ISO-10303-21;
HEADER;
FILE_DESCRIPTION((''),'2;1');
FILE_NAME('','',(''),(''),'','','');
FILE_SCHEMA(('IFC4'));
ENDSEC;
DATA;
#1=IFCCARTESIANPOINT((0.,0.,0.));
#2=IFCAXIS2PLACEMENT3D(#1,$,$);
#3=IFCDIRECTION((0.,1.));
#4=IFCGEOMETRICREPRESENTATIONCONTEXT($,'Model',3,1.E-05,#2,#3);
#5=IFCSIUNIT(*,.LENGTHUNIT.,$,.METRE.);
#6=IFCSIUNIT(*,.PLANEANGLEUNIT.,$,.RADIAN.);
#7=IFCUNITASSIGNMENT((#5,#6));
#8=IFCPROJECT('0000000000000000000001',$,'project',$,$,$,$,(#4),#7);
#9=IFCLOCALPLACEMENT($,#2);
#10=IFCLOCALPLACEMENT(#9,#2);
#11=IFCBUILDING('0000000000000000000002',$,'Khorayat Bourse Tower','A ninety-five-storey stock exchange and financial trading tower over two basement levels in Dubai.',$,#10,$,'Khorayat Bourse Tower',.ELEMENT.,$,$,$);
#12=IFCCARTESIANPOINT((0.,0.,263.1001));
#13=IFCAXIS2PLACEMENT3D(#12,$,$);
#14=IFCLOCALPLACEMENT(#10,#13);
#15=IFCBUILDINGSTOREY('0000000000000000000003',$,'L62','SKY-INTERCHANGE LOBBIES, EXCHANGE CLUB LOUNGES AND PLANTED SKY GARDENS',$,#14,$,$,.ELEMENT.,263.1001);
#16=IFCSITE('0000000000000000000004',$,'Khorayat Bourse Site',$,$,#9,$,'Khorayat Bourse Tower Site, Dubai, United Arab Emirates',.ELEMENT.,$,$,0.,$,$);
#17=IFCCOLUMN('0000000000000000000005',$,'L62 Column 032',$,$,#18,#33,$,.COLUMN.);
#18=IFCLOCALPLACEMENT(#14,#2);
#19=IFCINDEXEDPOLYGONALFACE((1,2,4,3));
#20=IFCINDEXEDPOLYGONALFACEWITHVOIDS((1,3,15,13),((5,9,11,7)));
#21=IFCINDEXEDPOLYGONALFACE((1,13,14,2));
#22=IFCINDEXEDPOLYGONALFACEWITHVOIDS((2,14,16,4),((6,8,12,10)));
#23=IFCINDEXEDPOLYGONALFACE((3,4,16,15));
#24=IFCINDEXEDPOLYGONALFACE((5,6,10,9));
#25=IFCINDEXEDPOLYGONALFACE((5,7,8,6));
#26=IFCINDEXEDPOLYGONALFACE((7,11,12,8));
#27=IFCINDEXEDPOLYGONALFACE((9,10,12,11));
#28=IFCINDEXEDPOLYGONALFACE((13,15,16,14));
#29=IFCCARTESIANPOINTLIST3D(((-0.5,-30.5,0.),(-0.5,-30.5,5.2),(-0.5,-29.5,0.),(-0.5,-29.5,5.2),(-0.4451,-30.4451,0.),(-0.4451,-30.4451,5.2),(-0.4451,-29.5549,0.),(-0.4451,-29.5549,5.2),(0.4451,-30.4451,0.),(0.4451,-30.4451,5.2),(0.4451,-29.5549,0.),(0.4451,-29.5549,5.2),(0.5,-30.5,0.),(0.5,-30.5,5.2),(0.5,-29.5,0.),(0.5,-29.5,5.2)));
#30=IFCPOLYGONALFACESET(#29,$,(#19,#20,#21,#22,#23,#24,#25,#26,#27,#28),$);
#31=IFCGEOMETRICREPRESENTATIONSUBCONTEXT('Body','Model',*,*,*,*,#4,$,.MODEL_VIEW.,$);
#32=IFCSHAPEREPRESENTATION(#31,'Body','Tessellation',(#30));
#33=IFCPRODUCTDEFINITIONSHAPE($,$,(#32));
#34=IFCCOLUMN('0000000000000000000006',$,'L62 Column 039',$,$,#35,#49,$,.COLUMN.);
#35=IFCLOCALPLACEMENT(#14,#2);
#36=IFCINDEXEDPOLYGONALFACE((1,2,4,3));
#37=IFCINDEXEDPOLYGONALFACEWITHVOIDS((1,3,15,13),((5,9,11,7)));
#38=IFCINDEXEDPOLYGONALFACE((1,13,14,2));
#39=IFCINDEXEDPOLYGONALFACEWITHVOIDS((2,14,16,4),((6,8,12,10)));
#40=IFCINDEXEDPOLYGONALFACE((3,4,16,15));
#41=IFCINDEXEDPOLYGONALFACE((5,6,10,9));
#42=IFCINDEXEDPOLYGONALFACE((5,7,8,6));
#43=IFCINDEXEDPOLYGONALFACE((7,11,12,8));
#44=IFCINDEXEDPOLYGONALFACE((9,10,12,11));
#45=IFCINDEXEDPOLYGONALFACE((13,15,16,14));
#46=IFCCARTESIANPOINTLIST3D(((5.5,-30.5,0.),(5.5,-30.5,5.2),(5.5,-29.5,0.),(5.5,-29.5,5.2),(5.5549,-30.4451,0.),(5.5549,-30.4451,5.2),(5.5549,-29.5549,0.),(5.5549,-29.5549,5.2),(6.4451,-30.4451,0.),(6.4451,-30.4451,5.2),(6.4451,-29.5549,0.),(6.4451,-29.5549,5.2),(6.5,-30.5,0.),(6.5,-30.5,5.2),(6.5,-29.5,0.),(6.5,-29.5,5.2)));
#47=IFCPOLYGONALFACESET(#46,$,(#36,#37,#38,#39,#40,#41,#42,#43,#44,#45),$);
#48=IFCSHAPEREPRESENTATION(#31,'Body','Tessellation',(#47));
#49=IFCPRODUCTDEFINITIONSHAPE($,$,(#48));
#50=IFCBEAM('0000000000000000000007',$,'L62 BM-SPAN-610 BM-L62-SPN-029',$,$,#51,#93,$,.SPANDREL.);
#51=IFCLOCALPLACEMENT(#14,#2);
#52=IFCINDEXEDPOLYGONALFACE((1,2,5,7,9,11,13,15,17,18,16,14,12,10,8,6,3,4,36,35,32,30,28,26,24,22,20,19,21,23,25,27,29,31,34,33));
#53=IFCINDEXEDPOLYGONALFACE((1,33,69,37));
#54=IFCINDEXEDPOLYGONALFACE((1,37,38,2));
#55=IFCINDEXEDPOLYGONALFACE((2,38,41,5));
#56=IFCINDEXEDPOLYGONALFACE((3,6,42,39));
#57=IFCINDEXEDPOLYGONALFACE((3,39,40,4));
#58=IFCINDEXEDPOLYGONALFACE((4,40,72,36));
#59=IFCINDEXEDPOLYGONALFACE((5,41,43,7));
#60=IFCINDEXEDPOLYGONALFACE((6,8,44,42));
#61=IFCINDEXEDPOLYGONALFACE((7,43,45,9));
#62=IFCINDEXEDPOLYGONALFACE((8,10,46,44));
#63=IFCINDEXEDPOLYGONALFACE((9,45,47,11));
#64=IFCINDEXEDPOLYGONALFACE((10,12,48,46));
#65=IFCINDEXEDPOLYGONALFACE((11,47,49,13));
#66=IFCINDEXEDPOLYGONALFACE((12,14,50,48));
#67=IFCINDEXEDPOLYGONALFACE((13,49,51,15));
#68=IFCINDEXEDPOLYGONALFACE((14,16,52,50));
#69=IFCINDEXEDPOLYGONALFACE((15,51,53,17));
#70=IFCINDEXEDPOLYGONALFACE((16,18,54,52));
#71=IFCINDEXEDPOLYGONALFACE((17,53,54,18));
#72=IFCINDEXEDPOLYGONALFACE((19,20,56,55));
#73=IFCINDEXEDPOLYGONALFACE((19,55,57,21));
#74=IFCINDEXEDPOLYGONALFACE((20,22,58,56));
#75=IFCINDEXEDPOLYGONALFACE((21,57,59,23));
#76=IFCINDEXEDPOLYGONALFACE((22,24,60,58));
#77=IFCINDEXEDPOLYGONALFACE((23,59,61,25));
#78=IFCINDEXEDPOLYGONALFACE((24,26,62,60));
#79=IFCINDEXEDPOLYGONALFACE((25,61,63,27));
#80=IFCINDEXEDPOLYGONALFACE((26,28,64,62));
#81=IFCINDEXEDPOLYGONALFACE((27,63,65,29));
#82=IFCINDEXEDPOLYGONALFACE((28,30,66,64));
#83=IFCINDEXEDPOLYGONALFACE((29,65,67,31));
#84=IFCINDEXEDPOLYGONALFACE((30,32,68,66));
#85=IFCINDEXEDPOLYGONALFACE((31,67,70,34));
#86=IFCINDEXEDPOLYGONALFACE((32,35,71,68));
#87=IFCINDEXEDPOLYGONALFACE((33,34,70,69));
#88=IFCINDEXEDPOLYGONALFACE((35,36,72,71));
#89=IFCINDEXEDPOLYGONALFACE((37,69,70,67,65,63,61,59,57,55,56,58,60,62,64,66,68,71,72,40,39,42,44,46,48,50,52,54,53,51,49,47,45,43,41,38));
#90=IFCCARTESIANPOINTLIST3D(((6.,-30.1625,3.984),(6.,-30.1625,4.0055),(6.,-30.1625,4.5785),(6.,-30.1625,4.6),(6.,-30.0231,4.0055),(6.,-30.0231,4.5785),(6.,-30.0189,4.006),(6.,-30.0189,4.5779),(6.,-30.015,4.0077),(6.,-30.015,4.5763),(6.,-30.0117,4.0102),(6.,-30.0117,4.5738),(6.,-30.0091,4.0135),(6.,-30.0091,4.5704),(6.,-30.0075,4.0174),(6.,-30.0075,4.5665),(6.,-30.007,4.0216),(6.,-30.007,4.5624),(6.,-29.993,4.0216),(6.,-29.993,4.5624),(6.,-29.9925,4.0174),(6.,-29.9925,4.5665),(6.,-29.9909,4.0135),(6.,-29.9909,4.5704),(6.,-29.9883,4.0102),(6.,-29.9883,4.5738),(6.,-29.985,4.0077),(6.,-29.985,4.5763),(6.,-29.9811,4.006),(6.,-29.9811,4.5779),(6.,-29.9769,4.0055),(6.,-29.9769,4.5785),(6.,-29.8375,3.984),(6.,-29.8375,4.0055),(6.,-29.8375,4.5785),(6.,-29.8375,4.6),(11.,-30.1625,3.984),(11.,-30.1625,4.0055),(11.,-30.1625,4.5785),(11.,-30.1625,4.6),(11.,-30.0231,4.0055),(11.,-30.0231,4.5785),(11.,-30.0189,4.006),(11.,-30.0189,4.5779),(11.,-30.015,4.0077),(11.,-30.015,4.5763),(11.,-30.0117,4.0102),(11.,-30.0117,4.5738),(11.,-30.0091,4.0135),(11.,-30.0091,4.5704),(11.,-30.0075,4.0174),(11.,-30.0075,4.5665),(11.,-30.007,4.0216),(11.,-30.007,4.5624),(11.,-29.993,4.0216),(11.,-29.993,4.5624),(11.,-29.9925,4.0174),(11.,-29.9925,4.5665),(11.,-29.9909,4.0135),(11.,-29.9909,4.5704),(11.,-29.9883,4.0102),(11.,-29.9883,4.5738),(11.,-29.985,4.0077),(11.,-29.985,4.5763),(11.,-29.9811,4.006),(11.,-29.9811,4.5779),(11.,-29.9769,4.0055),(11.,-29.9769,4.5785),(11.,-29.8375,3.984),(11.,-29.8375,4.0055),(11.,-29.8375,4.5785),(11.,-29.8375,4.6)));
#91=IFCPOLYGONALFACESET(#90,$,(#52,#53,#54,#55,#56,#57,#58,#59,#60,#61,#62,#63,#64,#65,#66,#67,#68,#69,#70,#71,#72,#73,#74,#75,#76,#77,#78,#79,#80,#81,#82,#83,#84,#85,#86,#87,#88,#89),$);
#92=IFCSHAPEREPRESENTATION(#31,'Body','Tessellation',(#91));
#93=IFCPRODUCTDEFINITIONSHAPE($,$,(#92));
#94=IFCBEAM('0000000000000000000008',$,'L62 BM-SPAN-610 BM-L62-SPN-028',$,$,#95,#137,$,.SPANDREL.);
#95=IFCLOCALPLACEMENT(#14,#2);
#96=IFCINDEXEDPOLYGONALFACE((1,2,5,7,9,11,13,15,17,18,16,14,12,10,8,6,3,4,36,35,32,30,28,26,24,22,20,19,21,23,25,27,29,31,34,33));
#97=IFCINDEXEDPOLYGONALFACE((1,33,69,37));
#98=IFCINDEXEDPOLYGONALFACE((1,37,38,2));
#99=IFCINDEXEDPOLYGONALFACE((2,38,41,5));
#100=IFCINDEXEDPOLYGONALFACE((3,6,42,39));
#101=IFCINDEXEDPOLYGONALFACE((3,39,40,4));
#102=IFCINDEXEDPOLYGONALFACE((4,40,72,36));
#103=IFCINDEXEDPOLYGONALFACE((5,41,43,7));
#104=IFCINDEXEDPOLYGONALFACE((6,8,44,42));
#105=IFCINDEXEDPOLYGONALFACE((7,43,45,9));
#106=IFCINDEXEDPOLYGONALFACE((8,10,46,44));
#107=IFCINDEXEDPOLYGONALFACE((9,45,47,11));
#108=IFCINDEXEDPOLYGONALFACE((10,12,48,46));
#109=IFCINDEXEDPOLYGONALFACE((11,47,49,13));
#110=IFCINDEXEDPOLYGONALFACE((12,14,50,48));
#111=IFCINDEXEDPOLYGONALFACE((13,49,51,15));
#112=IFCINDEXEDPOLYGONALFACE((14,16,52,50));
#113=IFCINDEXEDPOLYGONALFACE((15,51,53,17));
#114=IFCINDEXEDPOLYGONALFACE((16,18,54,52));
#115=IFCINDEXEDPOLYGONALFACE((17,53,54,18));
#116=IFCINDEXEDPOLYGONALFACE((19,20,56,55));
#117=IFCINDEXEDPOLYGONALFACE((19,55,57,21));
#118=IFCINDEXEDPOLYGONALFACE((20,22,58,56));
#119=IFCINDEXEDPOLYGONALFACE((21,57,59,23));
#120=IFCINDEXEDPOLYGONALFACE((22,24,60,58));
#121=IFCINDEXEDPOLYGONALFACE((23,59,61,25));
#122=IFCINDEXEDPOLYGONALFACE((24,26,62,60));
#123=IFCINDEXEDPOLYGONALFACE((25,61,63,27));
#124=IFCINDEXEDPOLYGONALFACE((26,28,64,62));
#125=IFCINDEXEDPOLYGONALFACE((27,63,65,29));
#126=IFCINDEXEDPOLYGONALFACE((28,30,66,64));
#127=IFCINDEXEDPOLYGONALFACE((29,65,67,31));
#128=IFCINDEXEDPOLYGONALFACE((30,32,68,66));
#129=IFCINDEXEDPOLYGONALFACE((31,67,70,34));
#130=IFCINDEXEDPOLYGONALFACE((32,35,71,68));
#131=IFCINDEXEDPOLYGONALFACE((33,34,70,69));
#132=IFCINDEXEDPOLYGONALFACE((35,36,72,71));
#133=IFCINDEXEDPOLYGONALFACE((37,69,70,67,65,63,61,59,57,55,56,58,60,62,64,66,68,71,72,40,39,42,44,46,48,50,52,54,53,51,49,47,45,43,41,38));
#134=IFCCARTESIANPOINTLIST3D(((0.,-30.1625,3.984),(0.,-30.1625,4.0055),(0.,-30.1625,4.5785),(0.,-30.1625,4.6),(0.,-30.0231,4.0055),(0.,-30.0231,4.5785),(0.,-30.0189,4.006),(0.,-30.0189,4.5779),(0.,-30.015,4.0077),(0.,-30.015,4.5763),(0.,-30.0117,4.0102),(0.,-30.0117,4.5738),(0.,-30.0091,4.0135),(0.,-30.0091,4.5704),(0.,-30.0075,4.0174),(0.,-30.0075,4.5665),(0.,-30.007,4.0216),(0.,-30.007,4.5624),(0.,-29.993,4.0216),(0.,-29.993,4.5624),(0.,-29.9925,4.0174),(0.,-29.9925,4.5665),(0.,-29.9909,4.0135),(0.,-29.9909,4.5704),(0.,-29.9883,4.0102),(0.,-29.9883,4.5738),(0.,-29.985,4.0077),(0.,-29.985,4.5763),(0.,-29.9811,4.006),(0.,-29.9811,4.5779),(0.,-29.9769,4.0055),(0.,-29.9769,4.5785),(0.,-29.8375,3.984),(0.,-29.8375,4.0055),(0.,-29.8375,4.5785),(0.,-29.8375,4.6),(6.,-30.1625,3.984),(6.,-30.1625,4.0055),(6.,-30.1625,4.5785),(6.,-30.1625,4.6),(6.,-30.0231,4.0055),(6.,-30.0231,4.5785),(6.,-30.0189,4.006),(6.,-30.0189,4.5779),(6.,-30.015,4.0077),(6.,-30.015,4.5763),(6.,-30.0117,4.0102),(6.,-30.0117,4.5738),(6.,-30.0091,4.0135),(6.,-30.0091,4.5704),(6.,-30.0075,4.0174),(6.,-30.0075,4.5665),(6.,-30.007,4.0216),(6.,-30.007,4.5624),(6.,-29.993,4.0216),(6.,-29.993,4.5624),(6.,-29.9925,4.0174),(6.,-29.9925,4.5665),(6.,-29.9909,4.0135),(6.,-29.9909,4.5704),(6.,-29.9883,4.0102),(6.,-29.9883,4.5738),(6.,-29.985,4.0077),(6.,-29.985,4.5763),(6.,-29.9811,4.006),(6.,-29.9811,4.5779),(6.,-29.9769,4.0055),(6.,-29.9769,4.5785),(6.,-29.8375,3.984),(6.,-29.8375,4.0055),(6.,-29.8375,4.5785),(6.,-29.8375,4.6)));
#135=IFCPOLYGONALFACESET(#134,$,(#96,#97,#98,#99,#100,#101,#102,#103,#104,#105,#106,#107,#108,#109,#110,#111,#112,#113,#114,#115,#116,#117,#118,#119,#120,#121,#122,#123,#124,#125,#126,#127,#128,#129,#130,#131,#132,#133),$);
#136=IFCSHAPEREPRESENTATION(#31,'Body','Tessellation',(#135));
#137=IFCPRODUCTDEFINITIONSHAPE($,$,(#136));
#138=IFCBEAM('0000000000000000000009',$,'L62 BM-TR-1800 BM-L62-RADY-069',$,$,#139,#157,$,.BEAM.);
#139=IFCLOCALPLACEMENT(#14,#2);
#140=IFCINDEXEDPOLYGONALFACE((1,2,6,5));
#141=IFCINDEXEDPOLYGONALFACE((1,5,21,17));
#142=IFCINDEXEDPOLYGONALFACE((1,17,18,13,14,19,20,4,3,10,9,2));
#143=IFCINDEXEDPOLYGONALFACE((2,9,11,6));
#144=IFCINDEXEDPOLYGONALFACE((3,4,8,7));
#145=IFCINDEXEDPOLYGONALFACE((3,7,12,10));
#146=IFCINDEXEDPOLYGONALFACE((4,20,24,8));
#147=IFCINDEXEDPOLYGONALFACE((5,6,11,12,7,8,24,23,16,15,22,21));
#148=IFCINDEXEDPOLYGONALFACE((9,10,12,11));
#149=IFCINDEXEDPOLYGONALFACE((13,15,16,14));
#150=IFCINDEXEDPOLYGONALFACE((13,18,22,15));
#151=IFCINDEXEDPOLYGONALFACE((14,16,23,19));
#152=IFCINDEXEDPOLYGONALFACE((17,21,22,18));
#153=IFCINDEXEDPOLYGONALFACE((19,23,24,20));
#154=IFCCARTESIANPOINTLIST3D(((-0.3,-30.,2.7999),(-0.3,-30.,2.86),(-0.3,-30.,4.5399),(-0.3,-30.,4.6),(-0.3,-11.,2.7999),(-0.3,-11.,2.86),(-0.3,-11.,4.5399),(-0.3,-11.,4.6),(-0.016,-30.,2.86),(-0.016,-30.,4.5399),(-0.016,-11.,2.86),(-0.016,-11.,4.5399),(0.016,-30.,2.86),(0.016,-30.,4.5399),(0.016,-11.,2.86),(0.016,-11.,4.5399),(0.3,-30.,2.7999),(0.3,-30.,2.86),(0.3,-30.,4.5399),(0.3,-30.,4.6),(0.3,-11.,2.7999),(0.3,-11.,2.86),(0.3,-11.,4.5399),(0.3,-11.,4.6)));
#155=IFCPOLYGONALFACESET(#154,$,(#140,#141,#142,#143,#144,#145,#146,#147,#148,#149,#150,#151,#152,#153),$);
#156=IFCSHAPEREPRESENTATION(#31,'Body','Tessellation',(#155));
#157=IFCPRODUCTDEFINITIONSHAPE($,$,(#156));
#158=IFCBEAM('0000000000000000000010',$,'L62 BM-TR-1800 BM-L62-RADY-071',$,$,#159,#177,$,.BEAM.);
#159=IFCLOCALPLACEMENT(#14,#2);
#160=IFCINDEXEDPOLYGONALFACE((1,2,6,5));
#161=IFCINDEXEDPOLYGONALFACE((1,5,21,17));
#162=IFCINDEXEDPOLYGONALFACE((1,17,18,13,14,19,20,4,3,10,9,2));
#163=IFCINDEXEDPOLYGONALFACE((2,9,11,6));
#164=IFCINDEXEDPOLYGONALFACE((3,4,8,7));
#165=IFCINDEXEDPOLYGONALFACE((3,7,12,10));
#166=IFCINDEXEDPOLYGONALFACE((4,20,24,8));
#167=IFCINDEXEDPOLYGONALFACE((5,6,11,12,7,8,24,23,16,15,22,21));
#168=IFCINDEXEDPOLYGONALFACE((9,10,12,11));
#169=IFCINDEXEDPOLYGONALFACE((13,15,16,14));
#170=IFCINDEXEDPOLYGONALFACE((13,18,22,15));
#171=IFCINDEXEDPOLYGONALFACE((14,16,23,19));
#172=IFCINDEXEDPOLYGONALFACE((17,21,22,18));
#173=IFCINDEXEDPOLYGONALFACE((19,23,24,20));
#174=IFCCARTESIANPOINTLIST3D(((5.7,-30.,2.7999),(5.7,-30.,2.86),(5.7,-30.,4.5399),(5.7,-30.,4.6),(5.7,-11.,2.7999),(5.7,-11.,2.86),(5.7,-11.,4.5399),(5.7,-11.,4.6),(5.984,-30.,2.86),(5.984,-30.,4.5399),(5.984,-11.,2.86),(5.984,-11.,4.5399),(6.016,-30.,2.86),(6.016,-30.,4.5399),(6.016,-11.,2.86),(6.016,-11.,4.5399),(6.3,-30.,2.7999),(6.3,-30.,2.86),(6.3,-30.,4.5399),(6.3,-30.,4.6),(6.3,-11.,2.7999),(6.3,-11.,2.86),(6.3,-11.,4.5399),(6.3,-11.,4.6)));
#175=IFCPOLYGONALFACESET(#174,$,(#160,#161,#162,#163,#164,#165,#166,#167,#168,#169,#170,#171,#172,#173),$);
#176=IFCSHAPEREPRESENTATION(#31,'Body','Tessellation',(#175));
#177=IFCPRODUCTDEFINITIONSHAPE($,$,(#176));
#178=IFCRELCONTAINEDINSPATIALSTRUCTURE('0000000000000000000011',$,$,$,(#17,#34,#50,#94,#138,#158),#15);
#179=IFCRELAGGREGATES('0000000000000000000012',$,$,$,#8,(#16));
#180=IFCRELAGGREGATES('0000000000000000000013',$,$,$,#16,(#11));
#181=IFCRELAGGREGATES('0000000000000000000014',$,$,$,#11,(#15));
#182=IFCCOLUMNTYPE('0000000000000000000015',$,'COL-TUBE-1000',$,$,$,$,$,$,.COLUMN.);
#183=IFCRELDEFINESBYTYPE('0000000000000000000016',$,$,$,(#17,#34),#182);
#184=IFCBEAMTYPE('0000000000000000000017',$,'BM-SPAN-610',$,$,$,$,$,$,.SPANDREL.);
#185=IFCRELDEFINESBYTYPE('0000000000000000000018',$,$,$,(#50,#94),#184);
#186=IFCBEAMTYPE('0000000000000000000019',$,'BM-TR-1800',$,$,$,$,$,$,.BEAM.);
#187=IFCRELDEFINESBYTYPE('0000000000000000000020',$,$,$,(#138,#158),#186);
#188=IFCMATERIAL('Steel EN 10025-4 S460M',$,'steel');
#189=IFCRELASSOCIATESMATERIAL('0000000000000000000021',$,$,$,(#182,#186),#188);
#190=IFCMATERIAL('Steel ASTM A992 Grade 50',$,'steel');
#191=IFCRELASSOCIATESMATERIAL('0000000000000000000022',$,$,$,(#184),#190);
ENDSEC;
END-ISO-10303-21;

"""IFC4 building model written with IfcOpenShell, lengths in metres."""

from ifc_helpers import new_model, si_unit, direction, frame, origin, origin_2d, place, context, subcontext, project, spatial, hollow_rectangle, i_section, extrude, source, transform, mapped, material, material_profile, profile_set, type_object, element, save


model = new_model("IFC4")

# Units and contexts
model_context = context("Model", 3, precision=1e-05, world=origin(), true_north=direction((0.0, 1.0)))
body_context = subcontext(model_context, "Body", "Model", "MODEL_VIEW")
ifc_project = project(units=[si_unit("LENGTHUNIT", "METRE"), si_unit("PLANEANGLEUNIT", "RADIAN")], contexts=[model_context])

# Site, building, storey
site_placement = place(None, origin())
site = spatial("IfcSite", under=ifc_project, at=site_placement, Name="Khorayat Bourse Site", LongName="Khorayat Bourse Tower Site, Dubai, United Arab Emirates", CompositionType="ELEMENT", RefElevation=0.0)
building_placement = place(site_placement, origin())
building = spatial("IfcBuilding", under=site, at=building_placement, Name="Khorayat Bourse Tower", Description="A ninety-five-storey stock exchange and financial trading tower over two basement levels in Dubai.", LongName="Khorayat Bourse Tower", CompositionType="ELEMENT")
storey_placement = place(building_placement, frame((0.0, 0.0, 263.1001)))
storey = spatial("IfcBuildingStorey", under=building, at=storey_placement, Name="L62", Description="SKY-INTERCHANGE LOBBIES, EXCHANGE CLUB LOUNGES AND PLANTED SKY GARDENS", CompositionType="ELEMENT", Elevation=263.1001)

# Columns
ifc_material_1 = material(Name="Steel EN 10025-4 S460M", Category="steel")
ifc_material_profile_1 = material_profile(ifc_material_1, hollow_rectangle(XDim=1.0, YDim=1.0, WallThickness=0.0549, at=origin_2d()), Name="BOX 1000x1000x55")
ifc_profile_set_1 = profile_set([ifc_material_profile_1], Name="Steel EN 10025-4 S460M")
column_type = type_object("IfcColumnType", Name="COL-TUBE-1000", PredefinedType="COLUMN", material=ifc_profile_set_1)
shared_shape_1 = source(origin(), body_context, "Body", "SweptSolid", [
    extrude(hollow_rectangle(XDim=1.0, YDim=1.0, WallThickness=0.0549, at=origin_2d()), origin(), (0.0, 0.0, 1.0), 5.2),
])
for number, where, z_axis, x_axis, name in (
    (1, (0.0, -30.0, 0.0), (0.0, 0.0, 1.0), (1.0, 0.0, 0.0), "L62 Column 032"),
    (2, (6.0, -30.0, 0.0), (0.0, 0.0, 1.0), (1.0, 0.0, 0.0), "L62 Column 039"),
):
    element("IfcColumn", number, at=place(storey_placement, frame(where, z_axis=z_axis, x_axis=x_axis)), inside=storey, type_object=column_type, Name=name, PredefinedType="COLUMN", context=body_context, shape_type="MappedRepresentation", body=[
        mapped(shared_shape_1, transform((0.0, 0.0, 0.0), scale=1.0)),
    ])

# Beams
ifc_material_2 = material(Name="Steel ASTM A992 Grade 50", Category="steel")
ifc_material_profile_2 = material_profile(ifc_material_2, i_section(OverallWidth=0.325, OverallDepth=0.616, WebThickness=0.0139, FlangeThickness=0.0215, FilletRadius=0.0161, at=origin_2d()), Name="W610X174")
ifc_profile_set_2 = profile_set([ifc_material_profile_2], Name="Steel ASTM A992 Grade 50")
beam_type_1 = type_object("IfcBeamType", Name="BM-SPAN-610", PredefinedType="SPANDREL", material=ifc_profile_set_2)
shared_shape_2 = source(origin(), body_context, "Body", "SweptSolid", [
    extrude(i_section(OverallWidth=0.325, OverallDepth=0.616, WebThickness=0.0139, FlangeThickness=0.0215, FilletRadius=0.0161, at=origin_2d()), origin(), (0.0, 0.0, 1.0), 5.0),
])
beam_1_placement = place(storey_placement, frame((6.0, -30.0, 4.292), z_axis=(1.0, 0.0, 0.0), x_axis=(0.0, 1.0, 0.0)))
element("IfcBeam", 3, at=beam_1_placement, inside=storey, type_object=beam_type_1, Name="L62 BM-SPAN-610 BM-L62-SPN-029", PredefinedType="SPANDREL", context=body_context, shape_type="MappedRepresentation", body=[
    mapped(shared_shape_2, transform((0.0, 0.0, 0.0), scale=1.0)),
])
shared_shape_3 = source(origin(), body_context, "Body", "SweptSolid", [
    extrude(i_section(OverallWidth=0.325, OverallDepth=0.616, WebThickness=0.0139, FlangeThickness=0.0215, FilletRadius=0.0161, at=origin_2d()), origin(), (0.0, 0.0, 1.0), 6.0),
])
beam_2_placement = place(storey_placement, frame((0.0, -30.0, 4.292), z_axis=(1.0, 0.0, 0.0), x_axis=(0.0, 1.0, 0.0)))
element("IfcBeam", 4, at=beam_2_placement, inside=storey, type_object=beam_type_1, Name="L62 BM-SPAN-610 BM-L62-SPN-028", PredefinedType="SPANDREL", context=body_context, shape_type="MappedRepresentation", body=[
    mapped(shared_shape_3, transform((0.0, 0.0, 0.0), scale=1.0)),
])
ifc_material_profile_3 = material_profile(ifc_material_1, i_section(OverallWidth=0.6001, OverallDepth=1.8, WebThickness=0.032, FlangeThickness=0.0601, at=origin_2d()), Name="PG 1800x600x32x60")
ifc_profile_set_3 = profile_set([ifc_material_profile_3], Name="Steel EN 10025-4 S460M")
beam_type_2 = type_object("IfcBeamType", Name="BM-TR-1800", PredefinedType="BEAM", material=ifc_profile_set_3)
shared_shape_4 = source(origin(), body_context, "Body", "SweptSolid", [
    extrude(i_section(OverallWidth=0.6001, OverallDepth=1.8, WebThickness=0.032, FlangeThickness=0.0601, at=origin_2d()), origin(), (0.0, 0.0, 1.0), 19.0),
])
for number, where, z_axis, x_axis, name in (
    (5, (0.0, -30.0, 3.7), (0.0, 1.0, 0.0), (-1.0, 0.0, 0.0), "L62 BM-TR-1800 BM-L62-RADY-069"),
    (6, (6.0, -30.0, 3.7), (0.0, 1.0, 0.0), (-1.0, 0.0, 0.0), "L62 BM-TR-1800 BM-L62-RADY-071"),
):
    element("IfcBeam", number, at=place(storey_placement, frame(where, z_axis=z_axis, x_axis=x_axis)), inside=storey, type_object=beam_type_2, Name=name, PredefinedType="BEAM", context=body_context, shape_type="MappedRepresentation", body=[
        mapped(shared_shape_4, transform((0.0, 0.0, 0.0), scale=1.0)),
    ])

save(model, "model.ifc")
